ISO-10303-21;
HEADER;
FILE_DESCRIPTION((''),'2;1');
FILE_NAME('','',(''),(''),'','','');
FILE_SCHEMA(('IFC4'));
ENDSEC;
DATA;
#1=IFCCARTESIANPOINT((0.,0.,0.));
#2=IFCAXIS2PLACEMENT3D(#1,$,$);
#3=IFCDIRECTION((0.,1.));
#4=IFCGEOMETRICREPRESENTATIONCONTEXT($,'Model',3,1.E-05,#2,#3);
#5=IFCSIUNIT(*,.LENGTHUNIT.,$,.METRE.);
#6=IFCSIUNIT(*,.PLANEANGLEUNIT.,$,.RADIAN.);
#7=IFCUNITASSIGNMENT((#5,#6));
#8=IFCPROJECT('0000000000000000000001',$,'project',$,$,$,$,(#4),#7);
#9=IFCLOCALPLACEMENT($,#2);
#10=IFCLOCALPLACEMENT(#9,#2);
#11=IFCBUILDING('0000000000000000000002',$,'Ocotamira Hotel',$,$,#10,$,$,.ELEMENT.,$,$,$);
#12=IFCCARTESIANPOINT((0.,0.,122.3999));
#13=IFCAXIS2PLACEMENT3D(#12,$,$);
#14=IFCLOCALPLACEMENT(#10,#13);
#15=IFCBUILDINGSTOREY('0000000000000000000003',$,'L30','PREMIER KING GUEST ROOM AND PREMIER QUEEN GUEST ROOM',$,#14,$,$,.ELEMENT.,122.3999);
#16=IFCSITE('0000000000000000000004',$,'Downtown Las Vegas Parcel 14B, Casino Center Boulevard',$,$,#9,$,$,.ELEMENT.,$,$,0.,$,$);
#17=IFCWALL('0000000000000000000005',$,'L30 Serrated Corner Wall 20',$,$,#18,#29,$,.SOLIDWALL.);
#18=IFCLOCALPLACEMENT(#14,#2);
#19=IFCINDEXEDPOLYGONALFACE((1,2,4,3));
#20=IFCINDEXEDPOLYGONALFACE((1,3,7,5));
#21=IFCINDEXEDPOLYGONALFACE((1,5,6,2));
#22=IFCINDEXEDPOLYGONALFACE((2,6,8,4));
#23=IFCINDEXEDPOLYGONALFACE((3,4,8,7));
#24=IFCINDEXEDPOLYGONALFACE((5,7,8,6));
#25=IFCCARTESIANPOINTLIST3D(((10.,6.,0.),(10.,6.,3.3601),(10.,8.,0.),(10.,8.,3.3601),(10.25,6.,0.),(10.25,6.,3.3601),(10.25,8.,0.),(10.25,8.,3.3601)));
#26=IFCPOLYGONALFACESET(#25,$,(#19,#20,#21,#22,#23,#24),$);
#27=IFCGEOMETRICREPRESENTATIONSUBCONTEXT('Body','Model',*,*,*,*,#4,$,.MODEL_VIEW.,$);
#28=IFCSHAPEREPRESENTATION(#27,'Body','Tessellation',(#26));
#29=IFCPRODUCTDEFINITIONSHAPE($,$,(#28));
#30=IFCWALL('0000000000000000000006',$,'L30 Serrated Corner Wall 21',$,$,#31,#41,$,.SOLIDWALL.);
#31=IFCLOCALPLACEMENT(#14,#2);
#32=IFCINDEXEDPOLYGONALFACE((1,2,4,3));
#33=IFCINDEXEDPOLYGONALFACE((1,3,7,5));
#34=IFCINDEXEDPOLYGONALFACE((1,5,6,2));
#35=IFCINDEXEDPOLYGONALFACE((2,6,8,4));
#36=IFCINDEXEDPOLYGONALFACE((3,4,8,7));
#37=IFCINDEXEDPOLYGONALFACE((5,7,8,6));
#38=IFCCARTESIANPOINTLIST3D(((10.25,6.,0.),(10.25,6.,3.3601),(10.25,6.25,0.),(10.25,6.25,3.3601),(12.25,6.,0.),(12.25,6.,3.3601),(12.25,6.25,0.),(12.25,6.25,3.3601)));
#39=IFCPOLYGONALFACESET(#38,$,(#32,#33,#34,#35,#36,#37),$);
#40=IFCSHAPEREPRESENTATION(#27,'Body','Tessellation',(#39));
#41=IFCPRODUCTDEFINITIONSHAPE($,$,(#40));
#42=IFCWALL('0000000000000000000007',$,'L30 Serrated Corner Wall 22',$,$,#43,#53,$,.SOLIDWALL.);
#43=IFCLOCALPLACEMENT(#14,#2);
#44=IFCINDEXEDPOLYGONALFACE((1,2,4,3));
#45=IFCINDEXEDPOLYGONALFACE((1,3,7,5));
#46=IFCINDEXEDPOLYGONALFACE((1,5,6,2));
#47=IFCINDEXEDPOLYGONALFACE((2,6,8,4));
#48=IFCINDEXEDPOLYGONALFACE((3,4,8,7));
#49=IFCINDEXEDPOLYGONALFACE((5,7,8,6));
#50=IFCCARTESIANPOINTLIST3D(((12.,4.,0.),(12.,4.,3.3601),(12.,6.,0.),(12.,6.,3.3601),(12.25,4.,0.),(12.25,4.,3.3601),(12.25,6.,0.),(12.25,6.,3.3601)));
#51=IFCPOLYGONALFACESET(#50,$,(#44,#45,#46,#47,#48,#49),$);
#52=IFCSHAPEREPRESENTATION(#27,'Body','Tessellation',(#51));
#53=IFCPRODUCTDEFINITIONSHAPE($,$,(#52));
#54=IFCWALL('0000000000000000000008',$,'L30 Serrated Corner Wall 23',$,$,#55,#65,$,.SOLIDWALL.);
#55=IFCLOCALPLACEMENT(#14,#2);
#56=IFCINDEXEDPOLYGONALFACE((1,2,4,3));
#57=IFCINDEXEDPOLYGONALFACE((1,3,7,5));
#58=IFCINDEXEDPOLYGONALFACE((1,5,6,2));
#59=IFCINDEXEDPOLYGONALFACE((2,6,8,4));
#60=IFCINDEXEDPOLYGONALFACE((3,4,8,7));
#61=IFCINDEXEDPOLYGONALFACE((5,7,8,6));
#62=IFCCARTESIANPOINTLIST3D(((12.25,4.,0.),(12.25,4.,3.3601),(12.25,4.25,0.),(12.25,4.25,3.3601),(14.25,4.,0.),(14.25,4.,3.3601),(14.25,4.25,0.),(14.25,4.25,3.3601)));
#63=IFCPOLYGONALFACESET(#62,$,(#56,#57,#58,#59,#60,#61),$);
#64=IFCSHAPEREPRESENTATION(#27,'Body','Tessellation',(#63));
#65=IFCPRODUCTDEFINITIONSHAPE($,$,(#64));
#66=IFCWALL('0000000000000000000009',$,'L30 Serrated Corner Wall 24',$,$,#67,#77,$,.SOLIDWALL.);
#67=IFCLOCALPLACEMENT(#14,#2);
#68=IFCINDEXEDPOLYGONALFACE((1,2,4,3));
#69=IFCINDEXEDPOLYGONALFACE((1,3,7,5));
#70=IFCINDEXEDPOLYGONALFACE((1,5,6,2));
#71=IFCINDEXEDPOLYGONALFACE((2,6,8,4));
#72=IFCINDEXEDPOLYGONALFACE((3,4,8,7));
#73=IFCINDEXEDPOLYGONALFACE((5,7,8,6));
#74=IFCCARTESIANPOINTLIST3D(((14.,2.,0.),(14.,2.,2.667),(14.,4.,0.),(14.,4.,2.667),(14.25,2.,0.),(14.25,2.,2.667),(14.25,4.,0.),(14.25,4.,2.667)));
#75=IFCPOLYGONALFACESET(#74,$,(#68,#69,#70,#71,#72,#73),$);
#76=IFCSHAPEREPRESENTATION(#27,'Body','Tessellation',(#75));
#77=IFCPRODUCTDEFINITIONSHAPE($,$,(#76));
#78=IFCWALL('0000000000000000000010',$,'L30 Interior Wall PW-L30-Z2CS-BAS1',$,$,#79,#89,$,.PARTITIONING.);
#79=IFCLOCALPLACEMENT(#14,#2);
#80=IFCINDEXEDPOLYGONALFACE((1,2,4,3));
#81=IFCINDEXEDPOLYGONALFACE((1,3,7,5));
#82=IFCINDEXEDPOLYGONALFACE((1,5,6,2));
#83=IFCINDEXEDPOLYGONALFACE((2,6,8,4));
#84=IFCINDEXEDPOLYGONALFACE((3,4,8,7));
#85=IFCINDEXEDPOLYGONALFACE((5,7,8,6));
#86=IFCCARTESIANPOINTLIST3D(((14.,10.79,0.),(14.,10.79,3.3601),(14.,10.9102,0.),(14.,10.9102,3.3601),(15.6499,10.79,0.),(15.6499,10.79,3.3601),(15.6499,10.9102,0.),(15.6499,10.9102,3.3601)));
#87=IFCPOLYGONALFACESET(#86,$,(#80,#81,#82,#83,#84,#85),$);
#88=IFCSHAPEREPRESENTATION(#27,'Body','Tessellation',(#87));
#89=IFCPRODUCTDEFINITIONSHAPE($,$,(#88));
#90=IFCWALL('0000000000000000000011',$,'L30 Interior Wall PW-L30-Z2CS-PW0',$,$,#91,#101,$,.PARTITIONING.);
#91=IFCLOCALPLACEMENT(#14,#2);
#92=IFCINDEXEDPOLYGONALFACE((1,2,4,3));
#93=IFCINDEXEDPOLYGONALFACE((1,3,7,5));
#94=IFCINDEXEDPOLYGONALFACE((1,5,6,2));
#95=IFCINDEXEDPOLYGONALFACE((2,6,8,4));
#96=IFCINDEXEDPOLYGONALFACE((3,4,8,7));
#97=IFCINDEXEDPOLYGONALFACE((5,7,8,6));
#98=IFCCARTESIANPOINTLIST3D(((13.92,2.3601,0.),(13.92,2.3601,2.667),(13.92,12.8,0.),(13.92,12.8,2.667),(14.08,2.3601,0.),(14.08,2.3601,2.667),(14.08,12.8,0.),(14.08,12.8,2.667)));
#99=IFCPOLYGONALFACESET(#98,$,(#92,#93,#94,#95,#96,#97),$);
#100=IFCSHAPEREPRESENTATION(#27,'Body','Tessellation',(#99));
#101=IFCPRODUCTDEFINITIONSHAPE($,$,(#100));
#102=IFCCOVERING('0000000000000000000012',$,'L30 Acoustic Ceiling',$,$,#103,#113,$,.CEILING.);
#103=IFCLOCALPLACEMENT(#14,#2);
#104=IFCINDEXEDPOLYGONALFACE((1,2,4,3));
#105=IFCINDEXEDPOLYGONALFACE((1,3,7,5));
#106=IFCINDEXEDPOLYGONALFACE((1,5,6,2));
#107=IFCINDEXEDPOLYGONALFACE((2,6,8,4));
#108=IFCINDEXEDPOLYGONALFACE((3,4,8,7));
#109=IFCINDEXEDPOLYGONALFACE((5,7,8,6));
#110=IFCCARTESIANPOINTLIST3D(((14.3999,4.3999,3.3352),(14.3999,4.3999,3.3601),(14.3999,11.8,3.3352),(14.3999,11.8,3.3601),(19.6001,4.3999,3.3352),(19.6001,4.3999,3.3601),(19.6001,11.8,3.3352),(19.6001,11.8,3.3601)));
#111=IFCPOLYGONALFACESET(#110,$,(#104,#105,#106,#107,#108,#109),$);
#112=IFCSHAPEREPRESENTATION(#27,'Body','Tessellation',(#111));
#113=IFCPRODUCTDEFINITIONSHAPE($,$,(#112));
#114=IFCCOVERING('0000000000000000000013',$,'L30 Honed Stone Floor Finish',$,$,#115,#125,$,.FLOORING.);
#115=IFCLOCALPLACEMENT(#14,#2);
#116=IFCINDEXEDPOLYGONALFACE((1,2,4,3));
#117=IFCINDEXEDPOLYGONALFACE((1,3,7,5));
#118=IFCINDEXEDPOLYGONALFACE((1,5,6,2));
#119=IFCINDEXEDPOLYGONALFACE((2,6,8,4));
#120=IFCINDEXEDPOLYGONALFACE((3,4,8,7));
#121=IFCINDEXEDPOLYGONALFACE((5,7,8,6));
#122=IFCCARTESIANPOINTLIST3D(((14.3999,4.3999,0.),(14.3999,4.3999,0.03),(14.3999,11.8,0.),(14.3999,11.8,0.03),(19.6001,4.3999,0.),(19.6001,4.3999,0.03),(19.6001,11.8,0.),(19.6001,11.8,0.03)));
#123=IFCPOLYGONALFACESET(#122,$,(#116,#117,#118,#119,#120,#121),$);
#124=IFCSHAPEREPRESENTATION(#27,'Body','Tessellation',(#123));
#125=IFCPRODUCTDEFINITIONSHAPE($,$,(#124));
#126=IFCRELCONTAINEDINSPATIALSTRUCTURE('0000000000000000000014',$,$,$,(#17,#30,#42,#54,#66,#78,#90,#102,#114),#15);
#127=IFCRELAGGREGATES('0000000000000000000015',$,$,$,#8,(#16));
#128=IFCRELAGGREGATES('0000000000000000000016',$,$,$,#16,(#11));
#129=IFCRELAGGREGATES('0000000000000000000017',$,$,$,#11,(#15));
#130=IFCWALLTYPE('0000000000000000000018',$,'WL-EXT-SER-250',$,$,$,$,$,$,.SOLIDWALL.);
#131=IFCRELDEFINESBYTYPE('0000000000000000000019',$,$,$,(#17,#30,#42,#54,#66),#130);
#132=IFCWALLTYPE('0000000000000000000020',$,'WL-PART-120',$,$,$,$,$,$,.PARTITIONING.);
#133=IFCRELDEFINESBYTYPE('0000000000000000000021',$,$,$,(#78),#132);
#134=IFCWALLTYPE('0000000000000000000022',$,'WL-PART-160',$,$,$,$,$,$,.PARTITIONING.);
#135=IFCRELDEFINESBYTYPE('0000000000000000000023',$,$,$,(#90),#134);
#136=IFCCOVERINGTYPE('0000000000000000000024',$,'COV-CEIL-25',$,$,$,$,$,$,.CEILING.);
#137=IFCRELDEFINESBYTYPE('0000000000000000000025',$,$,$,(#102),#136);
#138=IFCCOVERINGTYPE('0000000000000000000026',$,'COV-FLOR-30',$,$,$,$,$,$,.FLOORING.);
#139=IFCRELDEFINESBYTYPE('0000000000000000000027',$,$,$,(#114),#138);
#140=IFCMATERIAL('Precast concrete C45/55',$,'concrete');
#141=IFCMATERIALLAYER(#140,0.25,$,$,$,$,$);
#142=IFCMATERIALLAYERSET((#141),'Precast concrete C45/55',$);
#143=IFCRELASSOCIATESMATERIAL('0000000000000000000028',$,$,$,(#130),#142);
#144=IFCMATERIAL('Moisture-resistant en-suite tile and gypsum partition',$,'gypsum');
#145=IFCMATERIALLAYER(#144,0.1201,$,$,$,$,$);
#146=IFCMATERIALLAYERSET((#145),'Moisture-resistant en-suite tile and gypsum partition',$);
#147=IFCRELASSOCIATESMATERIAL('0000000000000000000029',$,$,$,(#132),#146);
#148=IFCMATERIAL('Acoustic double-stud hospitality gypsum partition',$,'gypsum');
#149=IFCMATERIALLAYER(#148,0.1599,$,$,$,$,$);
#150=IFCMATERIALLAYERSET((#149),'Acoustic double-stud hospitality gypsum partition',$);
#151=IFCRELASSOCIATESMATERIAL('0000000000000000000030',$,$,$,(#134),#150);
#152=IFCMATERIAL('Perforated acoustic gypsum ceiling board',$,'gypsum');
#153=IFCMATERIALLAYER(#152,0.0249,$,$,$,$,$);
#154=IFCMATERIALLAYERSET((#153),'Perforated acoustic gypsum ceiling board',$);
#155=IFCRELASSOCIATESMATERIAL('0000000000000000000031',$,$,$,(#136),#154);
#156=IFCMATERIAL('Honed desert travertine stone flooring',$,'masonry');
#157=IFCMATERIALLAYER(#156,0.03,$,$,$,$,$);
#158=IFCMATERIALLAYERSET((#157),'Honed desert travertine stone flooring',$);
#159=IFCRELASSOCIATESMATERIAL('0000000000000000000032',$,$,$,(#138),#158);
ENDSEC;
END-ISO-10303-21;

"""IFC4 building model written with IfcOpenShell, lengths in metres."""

from ifc_helpers import new_model, si_unit, direction, frame, frame_2d, origin, place, context, subcontext, project, spatial, polyline, rectangle, outline, extrude, material, layer, layer_set, type_object, element, save


model = new_model("IFC4")

# Units and contexts
model_context = context("Model", 3, precision=1e-05, world=origin(), true_north=direction((0.0, 1.0)))
body_context = subcontext(model_context, "Body", "Model", "MODEL_VIEW")
ifc_project = project(units=[si_unit("LENGTHUNIT", "METRE"), si_unit("PLANEANGLEUNIT", "RADIAN")], contexts=[model_context])

# Site, building, storey
site_placement = place(None, origin())
site = spatial("IfcSite", under=ifc_project, at=site_placement, Name="Downtown Las Vegas Parcel 14B, Casino Center Boulevard", CompositionType="ELEMENT", RefElevation=0.0)
building_placement = place(site_placement, origin())
building = spatial("IfcBuilding", under=site, at=building_placement, Name="Ocotamira Hotel", CompositionType="ELEMENT")
storey_placement = place(building_placement, frame((0.0, 0.0, 122.3999)))
storey = spatial("IfcBuildingStorey", under=building, at=storey_placement, Name="L30", Description="PREMIER KING GUEST ROOM AND PREMIER QUEEN GUEST ROOM", CompositionType="ELEMENT", Elevation=122.3999)

# Walls
ifc_material_1 = material(Name="Precast concrete C45/55", Category="concrete")
ifc_layer_1 = layer(ifc_material_1, 0.25)
ifc_layer_set_1 = layer_set([ifc_layer_1], Name="Precast concrete C45/55")
wall_type_1 = type_object("IfcWallType", Name="WL-EXT-SER-250", PredefinedType="SOLIDWALL", material=ifc_layer_set_1)
for number, where, z_axis, x_axis, name in (
    (1, (10.125, 8.0, 0.0), (0.0, 0.0, 1.0), (0.0, -1.0, 0.0), "L30 Serrated Corner Wall 20"),
    (2, (10.25, 6.125, 0.0), (0.0, 0.0, 1.0), (1.0, 0.0, 0.0), "L30 Serrated Corner Wall 21"),
    (3, (12.125, 6.0, 0.0), (0.0, 0.0, 1.0), (0.0, -1.0, 0.0), "L30 Serrated Corner Wall 22"),
    (4, (12.25, 4.125, 0.0), (0.0, 0.0, 1.0), (1.0, 0.0, 0.0), "L30 Serrated Corner Wall 23"),
):
    element("IfcWall", number, at=place(storey_placement, frame(where, z_axis=z_axis, x_axis=x_axis)), inside=storey, type_object=wall_type_1, Name=name, PredefinedType="SOLIDWALL", context=body_context, shape_type="SweptSolid", body=[
        extrude(rectangle(XDim=2.0, YDim=0.25, at=frame_2d((1.0, 0.0))), origin(), (0.0, 0.0, 1.0), 3.3601),
    ])
wall_1_placement = place(storey_placement, frame((14.125, 4.0, 0.0), z_axis=(0.0, 0.0, 1.0), x_axis=(0.0, -1.0, 0.0)))
element("IfcWall", 5, at=wall_1_placement, inside=storey, type_object=wall_type_1, Name="L30 Serrated Corner Wall 24", PredefinedType="SOLIDWALL", context=body_context, shape_type="SweptSolid", body=[
    extrude(rectangle(XDim=2.0, YDim=0.25, at=frame_2d((1.0, 0.0))), origin(), (0.0, 0.0, 1.0), 2.667),
])

# Walls
ifc_material_2 = material(Name="Moisture-resistant en-suite tile and gypsum partition", Category="gypsum")
ifc_layer_2 = layer(ifc_material_2, 0.1201)
ifc_layer_set_2 = layer_set([ifc_layer_2], Name="Moisture-resistant en-suite tile and gypsum partition")
wall_type_2 = type_object("IfcWallType", Name="WL-PART-120", PredefinedType="PARTITIONING", material=ifc_layer_set_2)
wall_2_placement = place(storey_placement, frame((14.0, 10.8501, 0.0), z_axis=(0.0, 0.0, 1.0), x_axis=(1.0, 0.0, 0.0)))
element("IfcWall", 6, at=wall_2_placement, inside=storey, type_object=wall_type_2, Name="L30 Interior Wall PW-L30-Z2CS-BAS1", PredefinedType="PARTITIONING", context=body_context, shape_type="SweptSolid", body=[
    extrude(rectangle(XDim=1.6499, YDim=0.1201, at=frame_2d((0.825, 0.0))), origin(), (0.0, 0.0, 1.0), 3.3601),
])
ifc_material_3 = material(Name="Acoustic double-stud hospitality gypsum partition", Category="gypsum")
ifc_layer_3 = layer(ifc_material_3, 0.1599)
ifc_layer_set_3 = layer_set([ifc_layer_3], Name="Acoustic double-stud hospitality gypsum partition")
wall_type_3 = type_object("IfcWallType", Name="WL-PART-160", PredefinedType="PARTITIONING", material=ifc_layer_set_3)
wall_3_placement = place(storey_placement, frame((14.0, 2.3601, 0.0), z_axis=(0.0, 0.0, 1.0), x_axis=(0.0, 1.0, 0.0)))
element("IfcWall", 7, at=wall_3_placement, inside=storey, type_object=wall_type_3, Name="L30 Interior Wall PW-L30-Z2CS-PW0", PredefinedType="PARTITIONING", context=body_context, shape_type="SweptSolid", body=[
    extrude(rectangle(XDim=10.4399, YDim=0.1599, at=frame_2d((5.22, 0.0))), origin(), (0.0, 0.0, 1.0), 2.667),
])

# Coverings
ifc_material_4 = material(Name="Perforated acoustic gypsum ceiling board", Category="gypsum")
ifc_layer_4 = layer(ifc_material_4, 0.0249)
ifc_layer_set_4 = layer_set([ifc_layer_4], Name="Perforated acoustic gypsum ceiling board")
covering_type_1 = type_object("IfcCoveringType", Name="COV-CEIL-25", PredefinedType="CEILING", material=ifc_layer_set_4)
covering_1_placement = place(storey_placement, frame((0.0, 0.0, 3.3352)))
element("IfcCovering", 8, at=covering_1_placement, inside=storey, type_object=covering_type_1, Name="L30 Acoustic Ceiling", PredefinedType="CEILING", context=body_context, shape_type="SweptSolid", body=[
    extrude(outline(polyline([(14.3999, 4.3999), (19.6001, 4.3999), (19.6001, 11.8), (14.3999, 11.8), (14.3999, 4.3999)])), origin(), (0.0, 0.0, 1.0), 0.0249),
])
ifc_material_5 = material(Name="Honed desert travertine stone flooring", Category="masonry")
ifc_layer_5 = layer(ifc_material_5, 0.03)
ifc_layer_set_5 = layer_set([ifc_layer_5], Name="Honed desert travertine stone flooring")
covering_type_2 = type_object("IfcCoveringType", Name="COV-FLOR-30", PredefinedType="FLOORING", material=ifc_layer_set_5)
covering_2_placement = place(storey_placement, origin())
element("IfcCovering", 9, at=covering_2_placement, inside=storey, type_object=covering_type_2, Name="L30 Honed Stone Floor Finish", PredefinedType="FLOORING", context=body_context, shape_type="SweptSolid", body=[
    extrude(outline(polyline([(14.3999, 4.3999), (19.6001, 4.3999), (19.6001, 11.8), (14.3999, 11.8), (14.3999, 4.3999)])), origin(), (0.0, 0.0, 1.0), 0.03),
])

save(model, "model.ifc")
